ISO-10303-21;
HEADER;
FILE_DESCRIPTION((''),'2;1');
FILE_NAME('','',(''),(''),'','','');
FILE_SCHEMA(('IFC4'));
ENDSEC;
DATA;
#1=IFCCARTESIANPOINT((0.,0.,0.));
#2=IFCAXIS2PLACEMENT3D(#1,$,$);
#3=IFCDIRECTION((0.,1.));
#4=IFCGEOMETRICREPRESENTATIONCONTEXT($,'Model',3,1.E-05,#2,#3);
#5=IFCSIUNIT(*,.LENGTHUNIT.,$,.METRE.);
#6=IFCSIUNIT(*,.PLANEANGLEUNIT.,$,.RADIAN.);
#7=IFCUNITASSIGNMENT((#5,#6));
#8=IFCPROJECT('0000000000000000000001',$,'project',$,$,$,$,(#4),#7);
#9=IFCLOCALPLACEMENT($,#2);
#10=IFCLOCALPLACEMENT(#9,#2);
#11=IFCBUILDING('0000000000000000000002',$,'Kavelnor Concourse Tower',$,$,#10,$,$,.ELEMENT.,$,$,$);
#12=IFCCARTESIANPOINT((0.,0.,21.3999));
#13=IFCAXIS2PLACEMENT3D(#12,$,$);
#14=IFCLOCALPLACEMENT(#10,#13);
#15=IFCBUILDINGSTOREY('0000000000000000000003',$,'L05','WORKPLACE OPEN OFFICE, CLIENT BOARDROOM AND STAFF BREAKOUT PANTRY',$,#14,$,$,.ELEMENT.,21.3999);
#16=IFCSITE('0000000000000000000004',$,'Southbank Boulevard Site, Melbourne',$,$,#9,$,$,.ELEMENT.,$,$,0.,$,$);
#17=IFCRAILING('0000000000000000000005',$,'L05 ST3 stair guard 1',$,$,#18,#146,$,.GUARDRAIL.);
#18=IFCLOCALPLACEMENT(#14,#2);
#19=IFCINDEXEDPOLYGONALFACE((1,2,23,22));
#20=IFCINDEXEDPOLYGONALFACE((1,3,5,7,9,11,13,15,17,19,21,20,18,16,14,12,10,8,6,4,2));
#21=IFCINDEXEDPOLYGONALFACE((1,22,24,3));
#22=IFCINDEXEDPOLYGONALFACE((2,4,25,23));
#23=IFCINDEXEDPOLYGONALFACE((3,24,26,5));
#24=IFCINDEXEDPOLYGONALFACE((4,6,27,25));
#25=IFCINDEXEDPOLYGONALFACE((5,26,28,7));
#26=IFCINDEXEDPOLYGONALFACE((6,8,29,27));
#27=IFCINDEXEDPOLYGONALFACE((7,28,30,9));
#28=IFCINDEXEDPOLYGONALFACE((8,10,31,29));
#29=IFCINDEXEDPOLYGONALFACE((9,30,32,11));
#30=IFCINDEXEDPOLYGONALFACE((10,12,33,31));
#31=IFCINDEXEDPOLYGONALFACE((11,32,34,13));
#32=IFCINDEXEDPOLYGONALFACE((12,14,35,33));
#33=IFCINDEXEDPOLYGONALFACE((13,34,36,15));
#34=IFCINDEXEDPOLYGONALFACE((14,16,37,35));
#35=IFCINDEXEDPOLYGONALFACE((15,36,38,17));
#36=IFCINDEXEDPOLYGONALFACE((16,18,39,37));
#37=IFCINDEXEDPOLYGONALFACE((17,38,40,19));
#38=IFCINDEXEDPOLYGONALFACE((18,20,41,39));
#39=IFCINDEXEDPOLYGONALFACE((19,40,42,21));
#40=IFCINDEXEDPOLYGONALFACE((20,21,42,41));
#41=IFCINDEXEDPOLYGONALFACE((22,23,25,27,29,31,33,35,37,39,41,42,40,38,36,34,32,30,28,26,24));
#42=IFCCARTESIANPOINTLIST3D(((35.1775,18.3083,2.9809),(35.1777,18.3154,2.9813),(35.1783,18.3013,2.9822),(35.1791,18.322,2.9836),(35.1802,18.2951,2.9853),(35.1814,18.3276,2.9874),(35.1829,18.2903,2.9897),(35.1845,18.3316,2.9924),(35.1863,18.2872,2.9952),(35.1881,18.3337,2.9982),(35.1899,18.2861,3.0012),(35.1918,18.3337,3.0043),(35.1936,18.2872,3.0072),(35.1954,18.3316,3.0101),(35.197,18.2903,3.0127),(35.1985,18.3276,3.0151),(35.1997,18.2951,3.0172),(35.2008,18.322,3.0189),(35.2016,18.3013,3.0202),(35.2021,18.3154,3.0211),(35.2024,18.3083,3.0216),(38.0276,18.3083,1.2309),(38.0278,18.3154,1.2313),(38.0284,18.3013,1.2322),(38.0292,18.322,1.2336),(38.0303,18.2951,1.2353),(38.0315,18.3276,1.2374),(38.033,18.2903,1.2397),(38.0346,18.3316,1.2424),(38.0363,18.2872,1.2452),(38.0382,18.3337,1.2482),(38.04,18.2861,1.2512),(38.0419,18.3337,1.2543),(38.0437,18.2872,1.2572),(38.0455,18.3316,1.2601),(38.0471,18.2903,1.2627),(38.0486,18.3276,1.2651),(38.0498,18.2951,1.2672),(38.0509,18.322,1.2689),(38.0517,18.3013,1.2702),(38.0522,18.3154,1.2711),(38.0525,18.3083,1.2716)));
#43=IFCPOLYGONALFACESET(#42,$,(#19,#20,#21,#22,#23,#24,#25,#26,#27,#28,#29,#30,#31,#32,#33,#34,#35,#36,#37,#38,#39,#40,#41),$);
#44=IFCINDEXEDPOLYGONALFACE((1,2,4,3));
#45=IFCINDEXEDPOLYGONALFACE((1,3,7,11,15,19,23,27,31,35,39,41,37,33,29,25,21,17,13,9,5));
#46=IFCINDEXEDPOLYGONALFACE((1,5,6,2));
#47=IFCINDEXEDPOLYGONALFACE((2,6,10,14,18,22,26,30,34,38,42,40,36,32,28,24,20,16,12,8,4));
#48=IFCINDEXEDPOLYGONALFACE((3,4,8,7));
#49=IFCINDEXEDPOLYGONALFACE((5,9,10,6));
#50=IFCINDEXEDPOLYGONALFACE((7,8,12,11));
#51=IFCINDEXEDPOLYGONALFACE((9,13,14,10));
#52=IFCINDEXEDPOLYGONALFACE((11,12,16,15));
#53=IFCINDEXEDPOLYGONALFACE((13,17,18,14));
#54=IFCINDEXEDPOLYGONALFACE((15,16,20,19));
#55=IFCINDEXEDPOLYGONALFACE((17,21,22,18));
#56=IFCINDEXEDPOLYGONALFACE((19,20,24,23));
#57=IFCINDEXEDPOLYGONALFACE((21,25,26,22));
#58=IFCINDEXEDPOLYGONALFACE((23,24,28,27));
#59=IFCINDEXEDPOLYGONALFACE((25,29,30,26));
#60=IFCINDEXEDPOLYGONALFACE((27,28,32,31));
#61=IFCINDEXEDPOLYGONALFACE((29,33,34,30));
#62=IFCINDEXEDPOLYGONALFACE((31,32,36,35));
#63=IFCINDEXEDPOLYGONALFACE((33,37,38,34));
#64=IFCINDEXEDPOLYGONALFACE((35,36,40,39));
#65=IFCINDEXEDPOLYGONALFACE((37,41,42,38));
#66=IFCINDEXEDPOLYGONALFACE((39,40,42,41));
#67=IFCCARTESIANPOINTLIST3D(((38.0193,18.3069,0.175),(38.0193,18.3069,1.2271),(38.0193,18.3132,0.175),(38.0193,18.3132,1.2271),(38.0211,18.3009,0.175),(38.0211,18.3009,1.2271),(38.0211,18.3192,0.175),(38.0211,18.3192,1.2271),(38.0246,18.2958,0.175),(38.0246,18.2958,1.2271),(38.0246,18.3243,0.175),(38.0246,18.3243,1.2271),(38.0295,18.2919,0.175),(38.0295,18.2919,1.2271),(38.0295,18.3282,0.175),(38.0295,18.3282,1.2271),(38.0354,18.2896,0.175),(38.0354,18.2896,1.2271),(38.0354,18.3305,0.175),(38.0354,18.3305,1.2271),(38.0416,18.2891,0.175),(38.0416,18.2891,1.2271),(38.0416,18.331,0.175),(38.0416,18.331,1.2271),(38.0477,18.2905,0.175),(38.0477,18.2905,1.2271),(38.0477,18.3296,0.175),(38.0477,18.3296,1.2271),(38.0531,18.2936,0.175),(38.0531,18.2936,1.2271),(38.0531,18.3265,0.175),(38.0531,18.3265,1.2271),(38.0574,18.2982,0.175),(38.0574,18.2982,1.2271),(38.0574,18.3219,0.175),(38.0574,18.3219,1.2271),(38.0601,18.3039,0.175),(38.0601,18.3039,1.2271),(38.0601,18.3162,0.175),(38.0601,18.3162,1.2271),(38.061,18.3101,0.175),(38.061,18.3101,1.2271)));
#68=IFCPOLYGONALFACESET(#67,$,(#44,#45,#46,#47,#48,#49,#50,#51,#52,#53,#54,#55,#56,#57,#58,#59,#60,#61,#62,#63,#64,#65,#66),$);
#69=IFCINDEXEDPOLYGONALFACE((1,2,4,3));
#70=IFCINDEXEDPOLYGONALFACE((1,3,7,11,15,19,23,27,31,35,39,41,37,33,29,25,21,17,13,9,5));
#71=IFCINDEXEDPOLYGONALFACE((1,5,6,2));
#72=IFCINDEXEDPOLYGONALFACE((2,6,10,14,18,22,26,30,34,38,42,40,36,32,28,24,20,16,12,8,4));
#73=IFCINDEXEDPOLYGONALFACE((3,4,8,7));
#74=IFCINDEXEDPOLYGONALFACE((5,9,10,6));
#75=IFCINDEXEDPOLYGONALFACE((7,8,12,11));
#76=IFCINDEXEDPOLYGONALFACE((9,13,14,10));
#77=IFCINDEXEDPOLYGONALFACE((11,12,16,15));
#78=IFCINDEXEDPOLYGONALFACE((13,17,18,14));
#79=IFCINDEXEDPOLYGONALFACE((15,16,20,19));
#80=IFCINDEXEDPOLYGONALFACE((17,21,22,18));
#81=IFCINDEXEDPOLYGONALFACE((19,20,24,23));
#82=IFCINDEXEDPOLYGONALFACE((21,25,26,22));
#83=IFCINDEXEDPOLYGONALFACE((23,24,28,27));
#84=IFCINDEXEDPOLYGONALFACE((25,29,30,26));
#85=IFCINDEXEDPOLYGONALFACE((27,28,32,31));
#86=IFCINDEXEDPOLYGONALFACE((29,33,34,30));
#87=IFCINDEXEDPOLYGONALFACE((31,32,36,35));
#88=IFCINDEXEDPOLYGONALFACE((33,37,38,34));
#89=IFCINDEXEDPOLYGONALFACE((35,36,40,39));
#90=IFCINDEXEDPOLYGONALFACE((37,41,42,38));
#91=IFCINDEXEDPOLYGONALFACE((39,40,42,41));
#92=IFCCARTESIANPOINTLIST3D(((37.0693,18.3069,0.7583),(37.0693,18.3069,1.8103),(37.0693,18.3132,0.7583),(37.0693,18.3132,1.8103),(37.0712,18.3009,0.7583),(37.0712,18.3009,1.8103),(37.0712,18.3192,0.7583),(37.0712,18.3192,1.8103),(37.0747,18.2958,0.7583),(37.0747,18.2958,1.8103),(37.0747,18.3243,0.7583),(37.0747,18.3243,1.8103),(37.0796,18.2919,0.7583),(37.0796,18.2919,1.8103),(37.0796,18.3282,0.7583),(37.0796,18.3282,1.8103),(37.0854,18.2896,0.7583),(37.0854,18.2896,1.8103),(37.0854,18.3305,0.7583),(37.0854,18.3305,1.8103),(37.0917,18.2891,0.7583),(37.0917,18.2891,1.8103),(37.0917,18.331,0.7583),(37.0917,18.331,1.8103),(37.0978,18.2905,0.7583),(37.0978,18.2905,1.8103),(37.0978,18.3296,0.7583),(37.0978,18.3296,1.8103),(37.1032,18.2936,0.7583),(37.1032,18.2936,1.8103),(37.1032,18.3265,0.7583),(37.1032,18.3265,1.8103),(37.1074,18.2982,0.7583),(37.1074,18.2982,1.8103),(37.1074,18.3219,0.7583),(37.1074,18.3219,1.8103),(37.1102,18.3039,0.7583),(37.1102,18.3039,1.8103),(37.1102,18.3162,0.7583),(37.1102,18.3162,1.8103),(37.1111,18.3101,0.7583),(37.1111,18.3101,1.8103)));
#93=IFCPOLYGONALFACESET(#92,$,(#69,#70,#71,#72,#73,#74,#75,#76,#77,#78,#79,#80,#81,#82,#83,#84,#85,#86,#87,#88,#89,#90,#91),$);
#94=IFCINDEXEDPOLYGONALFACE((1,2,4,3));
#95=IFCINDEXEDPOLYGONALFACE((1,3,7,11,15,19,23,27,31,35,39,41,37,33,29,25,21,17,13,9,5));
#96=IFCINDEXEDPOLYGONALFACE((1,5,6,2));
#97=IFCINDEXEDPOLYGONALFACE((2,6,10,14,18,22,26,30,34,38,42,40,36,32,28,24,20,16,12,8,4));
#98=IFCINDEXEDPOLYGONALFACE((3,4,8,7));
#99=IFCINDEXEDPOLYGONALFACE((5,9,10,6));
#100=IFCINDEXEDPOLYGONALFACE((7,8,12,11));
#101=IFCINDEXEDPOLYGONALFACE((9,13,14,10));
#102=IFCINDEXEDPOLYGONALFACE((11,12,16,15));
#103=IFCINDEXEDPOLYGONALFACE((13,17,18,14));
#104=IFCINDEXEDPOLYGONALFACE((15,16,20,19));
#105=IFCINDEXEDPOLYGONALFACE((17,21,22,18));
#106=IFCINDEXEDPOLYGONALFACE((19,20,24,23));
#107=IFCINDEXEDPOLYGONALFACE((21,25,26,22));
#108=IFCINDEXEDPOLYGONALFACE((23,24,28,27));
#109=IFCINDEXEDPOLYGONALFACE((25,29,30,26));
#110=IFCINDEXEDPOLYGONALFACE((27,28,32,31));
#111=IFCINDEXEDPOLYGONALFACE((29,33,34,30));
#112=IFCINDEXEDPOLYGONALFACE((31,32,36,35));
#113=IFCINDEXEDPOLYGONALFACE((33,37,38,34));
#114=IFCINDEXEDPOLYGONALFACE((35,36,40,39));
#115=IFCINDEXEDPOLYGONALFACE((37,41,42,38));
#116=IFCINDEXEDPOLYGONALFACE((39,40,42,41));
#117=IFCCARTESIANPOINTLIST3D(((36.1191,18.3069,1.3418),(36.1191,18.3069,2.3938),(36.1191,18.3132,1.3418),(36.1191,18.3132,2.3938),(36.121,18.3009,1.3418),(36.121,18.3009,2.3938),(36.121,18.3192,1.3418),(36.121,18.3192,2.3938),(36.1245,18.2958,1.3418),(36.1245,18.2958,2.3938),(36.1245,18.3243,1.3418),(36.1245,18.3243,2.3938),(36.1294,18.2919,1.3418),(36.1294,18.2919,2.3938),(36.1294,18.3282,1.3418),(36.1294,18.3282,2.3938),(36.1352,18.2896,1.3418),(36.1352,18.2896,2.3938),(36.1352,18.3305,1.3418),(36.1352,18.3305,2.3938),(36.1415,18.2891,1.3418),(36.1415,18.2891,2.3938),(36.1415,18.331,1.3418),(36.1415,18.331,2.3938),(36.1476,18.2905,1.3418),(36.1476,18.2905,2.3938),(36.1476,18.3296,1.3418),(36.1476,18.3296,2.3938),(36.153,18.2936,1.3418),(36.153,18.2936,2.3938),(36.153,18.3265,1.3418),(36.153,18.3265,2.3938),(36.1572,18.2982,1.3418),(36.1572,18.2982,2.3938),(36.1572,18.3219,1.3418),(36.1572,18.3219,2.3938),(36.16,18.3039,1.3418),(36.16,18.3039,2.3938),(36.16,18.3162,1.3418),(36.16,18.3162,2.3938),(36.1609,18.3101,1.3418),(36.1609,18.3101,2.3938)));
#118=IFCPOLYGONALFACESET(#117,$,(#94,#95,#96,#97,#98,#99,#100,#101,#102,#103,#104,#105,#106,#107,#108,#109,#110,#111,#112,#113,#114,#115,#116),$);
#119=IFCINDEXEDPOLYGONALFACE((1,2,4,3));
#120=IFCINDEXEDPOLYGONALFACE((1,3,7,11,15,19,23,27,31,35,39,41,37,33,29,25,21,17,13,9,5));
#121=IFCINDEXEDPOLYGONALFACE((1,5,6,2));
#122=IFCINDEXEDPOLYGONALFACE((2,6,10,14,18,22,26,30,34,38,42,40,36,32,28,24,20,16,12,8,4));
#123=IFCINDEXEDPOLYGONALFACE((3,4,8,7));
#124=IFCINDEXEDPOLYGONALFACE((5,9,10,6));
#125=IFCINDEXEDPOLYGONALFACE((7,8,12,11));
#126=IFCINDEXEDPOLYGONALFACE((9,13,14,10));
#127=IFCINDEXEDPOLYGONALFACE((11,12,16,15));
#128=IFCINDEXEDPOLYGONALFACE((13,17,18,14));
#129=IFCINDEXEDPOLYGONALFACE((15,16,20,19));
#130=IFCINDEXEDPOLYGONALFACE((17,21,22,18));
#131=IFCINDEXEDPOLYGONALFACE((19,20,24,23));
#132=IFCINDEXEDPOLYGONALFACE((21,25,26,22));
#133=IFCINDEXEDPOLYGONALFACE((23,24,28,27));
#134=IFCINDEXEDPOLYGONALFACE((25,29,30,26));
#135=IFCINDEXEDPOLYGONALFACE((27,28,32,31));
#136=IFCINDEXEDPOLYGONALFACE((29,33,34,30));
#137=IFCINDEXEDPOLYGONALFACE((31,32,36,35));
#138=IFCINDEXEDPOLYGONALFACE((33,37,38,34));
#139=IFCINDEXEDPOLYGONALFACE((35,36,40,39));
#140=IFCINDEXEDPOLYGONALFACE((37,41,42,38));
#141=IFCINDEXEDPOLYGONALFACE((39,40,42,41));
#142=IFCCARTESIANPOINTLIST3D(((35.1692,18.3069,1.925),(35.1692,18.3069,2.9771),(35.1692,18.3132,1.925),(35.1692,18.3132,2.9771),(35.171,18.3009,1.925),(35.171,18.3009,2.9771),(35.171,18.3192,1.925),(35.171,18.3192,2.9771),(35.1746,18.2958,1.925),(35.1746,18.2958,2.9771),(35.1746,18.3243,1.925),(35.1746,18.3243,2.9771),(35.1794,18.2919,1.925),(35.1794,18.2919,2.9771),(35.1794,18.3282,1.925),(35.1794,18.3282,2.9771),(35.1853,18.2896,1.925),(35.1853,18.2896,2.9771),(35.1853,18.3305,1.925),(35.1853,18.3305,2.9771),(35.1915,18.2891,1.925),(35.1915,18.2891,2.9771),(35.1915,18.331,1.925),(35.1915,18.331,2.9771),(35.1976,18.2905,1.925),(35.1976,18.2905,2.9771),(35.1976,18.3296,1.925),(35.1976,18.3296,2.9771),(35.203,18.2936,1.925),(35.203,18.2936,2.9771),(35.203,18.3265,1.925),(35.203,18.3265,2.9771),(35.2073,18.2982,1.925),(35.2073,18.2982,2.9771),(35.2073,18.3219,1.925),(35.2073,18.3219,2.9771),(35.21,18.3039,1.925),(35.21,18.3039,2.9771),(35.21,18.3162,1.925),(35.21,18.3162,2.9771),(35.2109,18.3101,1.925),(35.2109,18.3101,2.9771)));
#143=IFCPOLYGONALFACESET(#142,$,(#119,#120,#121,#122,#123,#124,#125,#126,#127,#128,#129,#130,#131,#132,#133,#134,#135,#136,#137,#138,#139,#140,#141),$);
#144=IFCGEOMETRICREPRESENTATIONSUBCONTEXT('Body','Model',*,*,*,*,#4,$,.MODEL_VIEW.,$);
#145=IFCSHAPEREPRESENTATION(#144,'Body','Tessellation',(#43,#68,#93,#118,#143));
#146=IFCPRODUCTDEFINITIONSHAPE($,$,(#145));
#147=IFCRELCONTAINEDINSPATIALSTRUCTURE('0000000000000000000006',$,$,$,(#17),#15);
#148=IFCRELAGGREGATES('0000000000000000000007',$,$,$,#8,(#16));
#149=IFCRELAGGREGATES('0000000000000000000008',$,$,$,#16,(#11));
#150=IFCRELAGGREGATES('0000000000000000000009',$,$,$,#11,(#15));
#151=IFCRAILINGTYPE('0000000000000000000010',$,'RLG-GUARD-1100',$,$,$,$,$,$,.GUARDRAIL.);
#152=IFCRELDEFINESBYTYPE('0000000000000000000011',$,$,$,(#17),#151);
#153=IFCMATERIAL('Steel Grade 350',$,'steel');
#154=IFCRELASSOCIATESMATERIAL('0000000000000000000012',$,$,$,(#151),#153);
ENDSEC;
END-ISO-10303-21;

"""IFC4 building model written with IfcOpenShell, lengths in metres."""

from ifc_helpers import new_model, si_unit, direction, frame, origin, origin_2d, place, context, subcontext, project, spatial, circle, extrude, material, type_object, element, save


model = new_model("IFC4")

# Units and contexts
model_context = context("Model", 3, precision=1e-05, world=origin(), true_north=direction((0.0, 1.0)))
body_context = subcontext(model_context, "Body", "Model", "MODEL_VIEW")
ifc_project = project(units=[si_unit("LENGTHUNIT", "METRE"), si_unit("PLANEANGLEUNIT", "RADIAN")], contexts=[model_context])

# Site, building, storey
site_placement = place(None, origin())
site = spatial("IfcSite", under=ifc_project, at=site_placement, Name="Southbank Boulevard Site, Melbourne", CompositionType="ELEMENT", RefElevation=0.0)
building_placement = place(site_placement, origin())
building = spatial("IfcBuilding", under=site, at=building_placement, Name="Kavelnor Concourse Tower", CompositionType="ELEMENT")
storey_placement = place(building_placement, frame((0.0, 0.0, 21.3999)))
storey = spatial("IfcBuildingStorey", under=building, at=storey_placement, Name="L05", Description="WORKPLACE OPEN OFFICE, CLIENT BOARDROOM AND STAFF BREAKOUT PANTRY", CompositionType="ELEMENT", Elevation=21.3999)

# Shared definitions
ifc_material_1 = material(Name="Steel Grade 350", Category="steel")

# Railing
railing_type_1 = type_object("IfcRailingType", Name="RLG-GUARD-1100", PredefinedType="GUARDRAIL", material=ifc_material_1)
railing_1_placement = place(storey_placement, frame((38.04, 18.3101, 0.175)))
element("IfcRailing", 1, at=railing_1_placement, inside=storey, type_object=railing_type_1, Name="L05 ST3 stair guard 1", PredefinedType="GUARDRAIL", context=body_context, shape_type="SweptSolid", body=[
    extrude(circle(Radius=0.0239, at=origin_2d()), frame((0.0, 0.0, 1.0762), z_axis=(-0.852179, 0.0, 0.52325), x_axis=(0.0, -1.0, 0.0)), (0.0, 0.0, 1.0), 3.3445),
    extrude(circle(Radius=0.021, at=origin_2d()), origin(), (0.0, 0.0, 1.0), 1.052),
    extrude(circle(Radius=0.021, at=origin_2d()), frame((-0.95, 0.0, 0.5833)), (0.0, 0.0, 1.0), 1.052),
    extrude(circle(Radius=0.021, at=origin_2d()), frame((-1.9001, 0.0, 1.1667)), (0.0, 0.0, 1.0), 1.052),
    extrude(circle(Radius=0.021, at=origin_2d()), frame((-2.8501, 0.0, 1.75)), (0.0, 0.0, 1.0), 1.052),
])

save(model, "model.ifc")
